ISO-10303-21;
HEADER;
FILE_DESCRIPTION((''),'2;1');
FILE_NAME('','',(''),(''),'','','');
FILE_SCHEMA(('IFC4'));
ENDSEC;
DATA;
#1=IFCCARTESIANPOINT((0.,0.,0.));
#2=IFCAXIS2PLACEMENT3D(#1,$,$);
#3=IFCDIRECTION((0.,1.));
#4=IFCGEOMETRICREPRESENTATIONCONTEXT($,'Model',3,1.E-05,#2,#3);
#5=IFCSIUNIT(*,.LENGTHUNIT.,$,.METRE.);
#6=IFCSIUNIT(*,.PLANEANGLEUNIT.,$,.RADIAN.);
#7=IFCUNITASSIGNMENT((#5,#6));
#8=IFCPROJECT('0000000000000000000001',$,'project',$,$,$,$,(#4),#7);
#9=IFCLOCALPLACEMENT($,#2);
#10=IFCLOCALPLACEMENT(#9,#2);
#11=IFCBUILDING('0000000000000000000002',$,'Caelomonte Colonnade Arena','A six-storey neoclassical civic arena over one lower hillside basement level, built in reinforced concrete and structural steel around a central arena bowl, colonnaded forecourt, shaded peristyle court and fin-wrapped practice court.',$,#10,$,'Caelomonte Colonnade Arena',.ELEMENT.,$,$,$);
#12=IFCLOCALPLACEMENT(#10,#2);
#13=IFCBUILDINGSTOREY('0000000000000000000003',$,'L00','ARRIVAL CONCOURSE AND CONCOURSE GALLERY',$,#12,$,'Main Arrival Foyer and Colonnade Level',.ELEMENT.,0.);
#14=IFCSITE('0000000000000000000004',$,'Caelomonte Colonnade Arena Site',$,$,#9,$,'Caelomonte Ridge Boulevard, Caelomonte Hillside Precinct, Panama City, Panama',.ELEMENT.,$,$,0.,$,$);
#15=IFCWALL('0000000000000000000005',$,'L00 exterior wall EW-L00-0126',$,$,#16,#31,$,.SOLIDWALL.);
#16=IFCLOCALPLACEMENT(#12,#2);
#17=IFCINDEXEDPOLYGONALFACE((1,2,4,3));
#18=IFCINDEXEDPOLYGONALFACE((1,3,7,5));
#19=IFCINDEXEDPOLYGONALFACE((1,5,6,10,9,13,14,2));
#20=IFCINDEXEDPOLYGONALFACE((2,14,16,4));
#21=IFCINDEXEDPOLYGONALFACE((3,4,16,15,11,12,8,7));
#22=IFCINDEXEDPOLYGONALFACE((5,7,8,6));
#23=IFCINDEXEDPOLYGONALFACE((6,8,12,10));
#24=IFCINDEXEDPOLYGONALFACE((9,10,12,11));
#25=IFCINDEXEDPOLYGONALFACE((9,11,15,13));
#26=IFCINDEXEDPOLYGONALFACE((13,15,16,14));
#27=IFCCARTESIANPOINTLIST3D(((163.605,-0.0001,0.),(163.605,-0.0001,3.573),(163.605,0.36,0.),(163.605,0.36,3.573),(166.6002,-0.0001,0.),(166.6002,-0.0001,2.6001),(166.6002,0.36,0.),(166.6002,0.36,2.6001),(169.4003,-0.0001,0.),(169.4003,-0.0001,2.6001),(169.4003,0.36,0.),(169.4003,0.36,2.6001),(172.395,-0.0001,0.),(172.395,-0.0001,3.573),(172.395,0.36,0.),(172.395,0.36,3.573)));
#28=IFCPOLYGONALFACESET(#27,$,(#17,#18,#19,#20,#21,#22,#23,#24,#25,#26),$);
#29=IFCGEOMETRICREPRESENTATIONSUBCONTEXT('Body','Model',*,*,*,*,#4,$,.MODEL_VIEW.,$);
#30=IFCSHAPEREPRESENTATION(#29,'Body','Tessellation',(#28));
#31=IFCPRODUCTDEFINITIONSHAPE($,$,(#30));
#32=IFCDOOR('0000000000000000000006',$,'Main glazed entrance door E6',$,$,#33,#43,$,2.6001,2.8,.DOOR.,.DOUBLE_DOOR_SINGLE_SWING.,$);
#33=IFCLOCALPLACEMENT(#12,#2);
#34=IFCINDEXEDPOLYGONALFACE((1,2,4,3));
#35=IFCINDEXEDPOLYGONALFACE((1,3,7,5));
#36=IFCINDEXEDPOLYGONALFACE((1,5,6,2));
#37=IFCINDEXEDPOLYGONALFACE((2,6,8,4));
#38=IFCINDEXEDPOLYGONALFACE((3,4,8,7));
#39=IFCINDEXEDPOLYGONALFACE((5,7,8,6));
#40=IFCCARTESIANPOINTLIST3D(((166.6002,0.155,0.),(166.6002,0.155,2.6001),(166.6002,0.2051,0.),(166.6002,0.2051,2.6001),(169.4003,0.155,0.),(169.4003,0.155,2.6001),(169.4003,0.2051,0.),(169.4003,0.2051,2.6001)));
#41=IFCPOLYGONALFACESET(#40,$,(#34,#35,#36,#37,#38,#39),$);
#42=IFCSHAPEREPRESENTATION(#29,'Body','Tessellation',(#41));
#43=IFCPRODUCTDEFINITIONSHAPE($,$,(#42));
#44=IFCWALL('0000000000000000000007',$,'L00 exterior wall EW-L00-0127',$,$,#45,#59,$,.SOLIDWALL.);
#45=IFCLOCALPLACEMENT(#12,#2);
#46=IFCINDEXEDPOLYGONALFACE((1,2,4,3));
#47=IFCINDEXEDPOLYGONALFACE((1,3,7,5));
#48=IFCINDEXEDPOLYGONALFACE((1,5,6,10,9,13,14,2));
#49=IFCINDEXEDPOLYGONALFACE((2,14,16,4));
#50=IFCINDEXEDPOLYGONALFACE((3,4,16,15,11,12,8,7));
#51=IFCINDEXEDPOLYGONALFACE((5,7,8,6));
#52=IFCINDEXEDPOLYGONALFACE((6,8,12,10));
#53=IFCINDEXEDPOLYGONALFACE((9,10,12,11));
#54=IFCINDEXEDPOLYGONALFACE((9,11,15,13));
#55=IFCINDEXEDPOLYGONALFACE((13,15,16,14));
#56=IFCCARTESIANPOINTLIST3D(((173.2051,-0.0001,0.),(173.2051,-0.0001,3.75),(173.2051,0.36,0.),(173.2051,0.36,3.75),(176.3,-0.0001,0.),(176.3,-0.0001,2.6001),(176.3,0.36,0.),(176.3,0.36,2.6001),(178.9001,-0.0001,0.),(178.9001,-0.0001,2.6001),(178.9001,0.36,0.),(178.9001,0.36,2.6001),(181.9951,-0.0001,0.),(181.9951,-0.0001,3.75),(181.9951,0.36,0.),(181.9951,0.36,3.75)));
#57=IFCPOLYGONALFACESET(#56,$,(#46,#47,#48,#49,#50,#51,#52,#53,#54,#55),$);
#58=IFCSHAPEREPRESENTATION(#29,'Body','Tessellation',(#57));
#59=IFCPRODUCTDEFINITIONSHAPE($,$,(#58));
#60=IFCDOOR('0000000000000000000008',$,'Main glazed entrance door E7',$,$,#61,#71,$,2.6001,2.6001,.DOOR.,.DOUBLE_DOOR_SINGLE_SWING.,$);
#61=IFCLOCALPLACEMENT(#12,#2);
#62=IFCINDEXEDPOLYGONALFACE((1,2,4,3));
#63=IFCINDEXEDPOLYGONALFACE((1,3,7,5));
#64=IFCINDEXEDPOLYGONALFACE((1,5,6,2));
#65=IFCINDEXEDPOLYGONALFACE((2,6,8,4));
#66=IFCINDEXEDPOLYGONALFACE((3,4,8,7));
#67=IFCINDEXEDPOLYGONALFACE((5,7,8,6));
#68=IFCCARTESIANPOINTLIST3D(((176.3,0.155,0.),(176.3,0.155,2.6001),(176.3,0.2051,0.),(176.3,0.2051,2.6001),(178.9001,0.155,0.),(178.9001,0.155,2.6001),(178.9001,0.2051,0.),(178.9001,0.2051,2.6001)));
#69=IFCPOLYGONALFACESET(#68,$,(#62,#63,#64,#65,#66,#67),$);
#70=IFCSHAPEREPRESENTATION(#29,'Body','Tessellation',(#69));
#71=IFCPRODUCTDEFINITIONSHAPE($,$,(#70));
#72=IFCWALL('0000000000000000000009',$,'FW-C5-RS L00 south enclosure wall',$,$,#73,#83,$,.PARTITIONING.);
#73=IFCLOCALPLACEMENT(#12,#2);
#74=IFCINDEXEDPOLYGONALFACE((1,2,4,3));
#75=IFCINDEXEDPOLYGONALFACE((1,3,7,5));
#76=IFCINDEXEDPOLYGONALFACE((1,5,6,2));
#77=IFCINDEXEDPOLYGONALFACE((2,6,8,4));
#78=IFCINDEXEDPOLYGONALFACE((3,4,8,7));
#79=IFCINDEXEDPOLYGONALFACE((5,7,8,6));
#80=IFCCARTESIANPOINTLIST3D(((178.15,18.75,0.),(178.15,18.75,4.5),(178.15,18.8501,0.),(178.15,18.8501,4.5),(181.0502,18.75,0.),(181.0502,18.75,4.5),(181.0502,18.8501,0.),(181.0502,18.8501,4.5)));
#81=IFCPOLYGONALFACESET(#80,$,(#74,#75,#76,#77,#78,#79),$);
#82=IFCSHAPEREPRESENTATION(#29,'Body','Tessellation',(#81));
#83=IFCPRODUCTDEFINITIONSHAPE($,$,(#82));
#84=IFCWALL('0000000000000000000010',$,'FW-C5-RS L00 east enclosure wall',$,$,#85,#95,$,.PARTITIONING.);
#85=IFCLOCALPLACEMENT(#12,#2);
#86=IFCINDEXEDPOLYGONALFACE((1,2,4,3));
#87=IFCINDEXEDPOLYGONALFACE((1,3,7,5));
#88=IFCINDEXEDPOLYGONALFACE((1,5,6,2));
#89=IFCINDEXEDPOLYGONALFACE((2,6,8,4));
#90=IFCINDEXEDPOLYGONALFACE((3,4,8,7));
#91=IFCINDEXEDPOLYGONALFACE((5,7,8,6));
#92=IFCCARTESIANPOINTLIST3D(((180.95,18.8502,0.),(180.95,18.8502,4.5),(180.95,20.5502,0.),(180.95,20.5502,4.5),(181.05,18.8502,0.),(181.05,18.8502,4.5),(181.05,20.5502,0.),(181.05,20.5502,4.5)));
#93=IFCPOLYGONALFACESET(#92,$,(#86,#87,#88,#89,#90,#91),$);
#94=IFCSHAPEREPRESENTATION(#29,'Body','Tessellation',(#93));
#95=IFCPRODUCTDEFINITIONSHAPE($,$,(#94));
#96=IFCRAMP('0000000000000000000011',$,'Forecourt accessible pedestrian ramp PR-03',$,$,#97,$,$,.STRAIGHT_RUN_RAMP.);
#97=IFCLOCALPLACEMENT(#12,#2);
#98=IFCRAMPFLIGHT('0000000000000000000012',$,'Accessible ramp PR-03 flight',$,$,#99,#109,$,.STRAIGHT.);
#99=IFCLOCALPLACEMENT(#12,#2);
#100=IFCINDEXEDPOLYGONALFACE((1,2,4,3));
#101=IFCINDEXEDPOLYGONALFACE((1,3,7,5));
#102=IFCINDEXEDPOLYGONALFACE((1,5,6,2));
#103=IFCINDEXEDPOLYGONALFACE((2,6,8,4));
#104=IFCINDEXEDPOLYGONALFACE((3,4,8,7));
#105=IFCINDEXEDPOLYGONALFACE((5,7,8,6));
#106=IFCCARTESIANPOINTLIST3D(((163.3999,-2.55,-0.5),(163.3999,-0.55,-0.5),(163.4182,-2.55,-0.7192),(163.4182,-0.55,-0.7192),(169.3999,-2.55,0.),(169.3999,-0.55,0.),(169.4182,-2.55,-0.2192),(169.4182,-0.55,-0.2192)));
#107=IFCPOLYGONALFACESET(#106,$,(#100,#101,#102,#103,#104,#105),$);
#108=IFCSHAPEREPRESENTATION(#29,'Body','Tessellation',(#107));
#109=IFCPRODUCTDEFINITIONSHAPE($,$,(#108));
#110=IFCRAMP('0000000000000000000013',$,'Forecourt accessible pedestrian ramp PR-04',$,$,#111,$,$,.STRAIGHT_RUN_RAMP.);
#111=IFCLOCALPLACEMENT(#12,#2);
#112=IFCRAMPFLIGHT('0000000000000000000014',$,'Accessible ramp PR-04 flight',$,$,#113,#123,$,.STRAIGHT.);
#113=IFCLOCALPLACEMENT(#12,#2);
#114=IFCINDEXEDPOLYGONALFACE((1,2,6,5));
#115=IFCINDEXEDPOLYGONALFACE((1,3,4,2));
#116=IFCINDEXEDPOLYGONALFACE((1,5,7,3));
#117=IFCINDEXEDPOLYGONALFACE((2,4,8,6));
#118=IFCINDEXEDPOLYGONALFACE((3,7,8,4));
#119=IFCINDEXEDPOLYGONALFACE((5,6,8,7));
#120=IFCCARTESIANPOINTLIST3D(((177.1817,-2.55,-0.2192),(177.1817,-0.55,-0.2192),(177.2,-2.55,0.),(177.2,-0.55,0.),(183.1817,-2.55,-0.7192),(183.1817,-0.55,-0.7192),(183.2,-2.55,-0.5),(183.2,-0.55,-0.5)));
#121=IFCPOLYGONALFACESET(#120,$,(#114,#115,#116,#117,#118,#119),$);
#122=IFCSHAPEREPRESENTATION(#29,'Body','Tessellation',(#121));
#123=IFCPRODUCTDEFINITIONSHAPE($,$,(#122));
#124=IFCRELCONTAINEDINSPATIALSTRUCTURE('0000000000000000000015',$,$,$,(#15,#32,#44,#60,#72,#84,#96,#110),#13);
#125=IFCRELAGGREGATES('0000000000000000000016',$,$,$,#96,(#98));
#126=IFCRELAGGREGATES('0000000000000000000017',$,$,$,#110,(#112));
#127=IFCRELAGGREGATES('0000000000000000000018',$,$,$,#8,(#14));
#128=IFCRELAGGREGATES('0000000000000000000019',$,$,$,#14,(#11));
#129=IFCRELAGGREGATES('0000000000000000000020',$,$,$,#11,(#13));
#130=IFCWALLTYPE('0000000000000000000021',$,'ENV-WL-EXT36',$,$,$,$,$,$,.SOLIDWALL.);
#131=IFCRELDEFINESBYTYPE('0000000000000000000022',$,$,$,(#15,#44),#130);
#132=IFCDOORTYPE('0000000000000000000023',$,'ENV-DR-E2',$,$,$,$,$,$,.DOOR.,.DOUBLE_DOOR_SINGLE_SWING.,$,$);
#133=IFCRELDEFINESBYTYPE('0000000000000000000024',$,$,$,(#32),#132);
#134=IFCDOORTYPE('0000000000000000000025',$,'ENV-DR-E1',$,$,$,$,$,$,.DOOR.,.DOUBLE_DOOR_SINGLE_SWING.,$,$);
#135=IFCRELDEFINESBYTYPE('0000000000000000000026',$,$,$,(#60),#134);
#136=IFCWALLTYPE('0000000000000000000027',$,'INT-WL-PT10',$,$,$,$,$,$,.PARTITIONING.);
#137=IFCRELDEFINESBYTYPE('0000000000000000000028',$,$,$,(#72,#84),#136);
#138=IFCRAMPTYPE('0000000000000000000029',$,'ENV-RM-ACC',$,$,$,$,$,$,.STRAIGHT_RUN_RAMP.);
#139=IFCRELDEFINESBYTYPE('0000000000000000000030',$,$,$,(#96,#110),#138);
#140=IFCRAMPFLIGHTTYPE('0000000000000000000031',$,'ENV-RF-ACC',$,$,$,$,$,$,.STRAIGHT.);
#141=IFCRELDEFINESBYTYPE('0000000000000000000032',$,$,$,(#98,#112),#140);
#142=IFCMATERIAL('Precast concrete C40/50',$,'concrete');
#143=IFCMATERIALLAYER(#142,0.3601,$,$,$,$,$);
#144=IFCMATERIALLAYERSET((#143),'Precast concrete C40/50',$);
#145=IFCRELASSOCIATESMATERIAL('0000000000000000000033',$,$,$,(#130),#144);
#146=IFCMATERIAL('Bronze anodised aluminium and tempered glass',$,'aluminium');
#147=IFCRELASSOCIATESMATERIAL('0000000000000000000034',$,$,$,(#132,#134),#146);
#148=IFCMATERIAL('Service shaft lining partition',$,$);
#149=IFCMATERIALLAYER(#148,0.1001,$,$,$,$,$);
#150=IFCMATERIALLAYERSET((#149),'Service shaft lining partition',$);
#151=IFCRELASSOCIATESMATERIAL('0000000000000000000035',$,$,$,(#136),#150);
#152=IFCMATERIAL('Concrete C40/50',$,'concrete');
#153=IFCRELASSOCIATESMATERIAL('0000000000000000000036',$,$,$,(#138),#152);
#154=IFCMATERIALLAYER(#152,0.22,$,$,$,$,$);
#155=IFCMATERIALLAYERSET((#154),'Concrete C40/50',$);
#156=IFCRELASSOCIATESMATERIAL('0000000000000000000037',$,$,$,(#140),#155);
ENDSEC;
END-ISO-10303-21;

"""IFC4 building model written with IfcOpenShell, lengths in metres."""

from ifc_helpers import new_model, si_unit, direction, frame, frame_2d, origin, place, context, subcontext, project, spatial, polyline, rectangle, outline, extrude, material, layer, layer_set, type_object, element, fill, aggregate, save


model = new_model("IFC4")

# Units and contexts
model_context = context("Model", 3, precision=1e-05, world=origin(), true_north=direction((0.0, 1.0)))
body_context = subcontext(model_context, "Body", "Model", "MODEL_VIEW")
ifc_project = project(units=[si_unit("LENGTHUNIT", "METRE"), si_unit("PLANEANGLEUNIT", "RADIAN")], contexts=[model_context])

# Site, building, storey
site_placement = place(None, origin())
site = spatial("IfcSite", under=ifc_project, at=site_placement, Name="Caelomonte Colonnade Arena Site", LongName="Caelomonte Ridge Boulevard, Caelomonte Hillside Precinct, Panama City, Panama", CompositionType="ELEMENT", RefElevation=0.0)
building_placement = place(site_placement, origin())
building = spatial("IfcBuilding", under=site, at=building_placement, Name="Caelomonte Colonnade Arena", Description="A six-storey neoclassical civic arena over one lower hillside basement level, built in reinforced concrete and structural steel around a central arena bowl, colonnaded forecourt, shaded peristyle court and fin-wrapped practice court.", LongName="Caelomonte Colonnade Arena", CompositionType="ELEMENT")
storey_placement = place(building_placement, origin())
storey = spatial("IfcBuildingStorey", under=building, at=storey_placement, Name="L00", Description="ARRIVAL CONCOURSE AND CONCOURSE GALLERY", LongName="Main Arrival Foyer and Colonnade Level", CompositionType="ELEMENT", Elevation=0.0)

# Shared definitions
ifc_material_1 = material(Name="Concrete C40/50", Category="concrete")

# Walls, openings, doors
ifc_material_2 = material(Name="Precast concrete C40/50", Category="concrete")
ifc_layer_1 = layer(ifc_material_2, 0.3601)
ifc_layer_set_1 = layer_set([ifc_layer_1], Name="Precast concrete C40/50")
wall_type_1 = type_object("IfcWallType", Name="ENV-WL-EXT36", PredefinedType="SOLIDWALL", material=ifc_layer_set_1)
wall_1_placement = place(storey_placement, frame((163.605, 0.1799, 0.0), z_axis=(0.0, 0.0, 1.0), x_axis=(1.0, 0.0, 0.0)))
wall_1 = element("IfcWall", 1, at=wall_1_placement, inside=storey, type_object=wall_type_1, Name="L00 exterior wall EW-L00-0126", PredefinedType="SOLIDWALL", context=body_context, shape_type="SweptSolid", body=[
    extrude(rectangle(XDim=8.79, YDim=0.3601, at=frame_2d((4.395, 0.0))), origin(), (0.0, 0.0, 1.0), 3.573),
])
opening_1_placement = place(wall_1_placement, frame((5.7952, 0.0, 0.0), z_axis=(0.0, 0.0, 1.0), x_axis=(-1.0, 0.0, 0.0)))
opening_1 = element("IfcOpeningElement", 2, at=opening_1_placement, cuts=wall_1, PredefinedType="OPENING", context=body_context, shape_type="SweptSolid", body=[
    extrude(rectangle(XDim=2.8, YDim=2.6001, at=frame_2d((1.3999, 1.3))), frame((0.0, 0.1899, 0.0), z_axis=(0.0, -1.0, 0.0), x_axis=(1.0, 0.0, 0.0)), (0.0, 0.0, 1.0), 0.3801),
])
ifc_material_3 = material(Name="Bronze anodised aluminium and tempered glass", Category="aluminium")
door_type_1 = type_object("IfcDoorType", Name="ENV-DR-E2", OperationType="DOUBLE_DOOR_SINGLE_SWING", PredefinedType="DOOR", material=ifc_material_3)
door_1_placement = place(opening_1_placement, origin())
door_1 = element("IfcDoor", 3, at=door_1_placement, inside=storey, type_object=door_type_1, Name="Main glazed entrance door E6", OperationType="DOUBLE_DOOR_SINGLE_SWING", OverallHeight=2.6001, OverallWidth=2.8, PredefinedType="DOOR", context=body_context, shape_type="SweptSolid", body=[
    extrude(rectangle(XDim=2.8, YDim=2.6001, at=frame_2d((1.3999, 1.3))), frame((0.0, 0.0249, 0.0), z_axis=(0.0, -1.0, 0.0), x_axis=(1.0, 0.0, 0.0)), (0.0, 0.0, 1.0), 0.05),
])
fill(opening_1, door_1)
wall_2_placement = place(storey_placement, frame((173.2051, 0.1799, 0.0), z_axis=(0.0, 0.0, 1.0), x_axis=(1.0, 0.0, 0.0)))
wall_2 = element("IfcWall", 4, at=wall_2_placement, inside=storey, type_object=wall_type_1, Name="L00 exterior wall EW-L00-0127", PredefinedType="SOLIDWALL", context=body_context, shape_type="SweptSolid", body=[
    extrude(rectangle(XDim=8.79, YDim=0.3601, at=frame_2d((4.395, 0.0))), origin(), (0.0, 0.0, 1.0), 3.75),
])
opening_2_placement = place(wall_2_placement, frame((5.6951, 0.0, 0.0), z_axis=(0.0, 0.0, 1.0), x_axis=(-1.0, 0.0, 0.0)))
opening_2 = element("IfcOpeningElement", 5, at=opening_2_placement, cuts=wall_2, PredefinedType="OPENING", context=body_context, shape_type="SweptSolid", body=[
    extrude(rectangle(XDim=2.6001, YDim=2.6001, at=frame_2d((1.3, 1.3))), frame((0.0, 0.1899, 0.0), z_axis=(0.0, -1.0, 0.0), x_axis=(1.0, 0.0, 0.0)), (0.0, 0.0, 1.0), 0.3801),
])
door_type_2 = type_object("IfcDoorType", Name="ENV-DR-E1", OperationType="DOUBLE_DOOR_SINGLE_SWING", PredefinedType="DOOR", material=ifc_material_3)
door_2_placement = place(opening_2_placement, origin())
door_2 = element("IfcDoor", 6, at=door_2_placement, inside=storey, type_object=door_type_2, Name="Main glazed entrance door E7", OperationType="DOUBLE_DOOR_SINGLE_SWING", OverallHeight=2.6001, OverallWidth=2.6001, PredefinedType="DOOR", context=body_context, shape_type="SweptSolid", body=[
    extrude(rectangle(XDim=2.6001, YDim=2.6001, at=frame_2d((1.3, 1.3))), frame((0.0, 0.0249, 0.0), z_axis=(0.0, -1.0, 0.0), x_axis=(1.0, 0.0, 0.0)), (0.0, 0.0, 1.0), 0.05),
])
fill(opening_2, door_2)

# Walls
ifc_material_4 = material(Name="Service shaft lining partition")
ifc_layer_2 = layer(ifc_material_4, 0.1001)
ifc_layer_set_2 = layer_set([ifc_layer_2], Name="Service shaft lining partition")
wall_type_2 = type_object("IfcWallType", Name="INT-WL-PT10", PredefinedType="PARTITIONING", material=ifc_layer_set_2)
wall_3_placement = place(storey_placement, frame((178.1499, 18.8, 0.0), z_axis=(0.0, 0.0, 1.0), x_axis=(1.0, 0.0, 0.0)))
element("IfcWall", 7, at=wall_3_placement, inside=storey, type_object=wall_type_2, Name="FW-C5-RS L00 south enclosure wall", PredefinedType="PARTITIONING", context=body_context, shape_type="SweptSolid", body=[
    extrude(rectangle(XDim=2.9001, YDim=0.1001, at=frame_2d((1.4502, 0.0))), origin(), (0.0, 0.0, 1.0), 4.5),
])
wall_4_placement = place(storey_placement, frame((181.0, 18.8501, 0.0), z_axis=(0.0, 0.0, 1.0), x_axis=(0.0, 1.0, 0.0)))
element("IfcWall", 8, at=wall_4_placement, inside=storey, type_object=wall_type_2, Name="FW-C5-RS L00 east enclosure wall", PredefinedType="PARTITIONING", context=body_context, shape_type="SweptSolid", body=[
    extrude(rectangle(XDim=1.7, YDim=0.1001, at=frame_2d((0.8501, 0.0))), origin(), (0.0, 0.0, 1.0), 4.5),
])

# Ramps, ramp flights
ramp_type = type_object("IfcRampType", Name="ENV-RM-ACC", PredefinedType="STRAIGHT_RUN_RAMP", material=ifc_material_1)
ramp_1_placement = place(storey_placement, origin())
ramp_1 = element("IfcRamp", 9, at=ramp_1_placement, inside=storey, type_object=ramp_type, Name="Forecourt accessible pedestrian ramp PR-03", PredefinedType="STRAIGHT_RUN_RAMP")
ifc_layer_3 = layer(ifc_material_1, 0.22)
ifc_layer_set_3 = layer_set([ifc_layer_3], Name="Concrete C40/50")
ramp_flight_type = type_object("IfcRampFlightType", Name="ENV-RF-ACC", PredefinedType="STRAIGHT", material=ifc_layer_set_3)
ramp_flight_1_placement = place(storey_placement, frame((163.3999, -2.55, -0.5), z_axis=(-0.083045, 0.0, 0.996546), x_axis=(0.996546, 0.0, 0.083045)))
ramp_flight_1 = element("IfcRampFlight", 10, at=ramp_flight_1_placement, type_object=ramp_flight_type, Name="Accessible ramp PR-03 flight", PredefinedType="STRAIGHT", context=body_context, shape_type="SweptSolid", body=[
    extrude(outline(polyline([(0.0, 0.0), (6.0208, 0.0), (6.0208, 2.0), (0.0, 2.0), (0.0, 0.0)])), origin(), (0.0, 0.0, -1.0), 0.22),
])
aggregate(ramp_1, [ramp_flight_1])
ramp_2_placement = place(storey_placement, origin())
ramp_2 = element("IfcRamp", 11, at=ramp_2_placement, inside=storey, type_object=ramp_type, Name="Forecourt accessible pedestrian ramp PR-04", PredefinedType="STRAIGHT_RUN_RAMP")
ramp_flight_2_placement = place(storey_placement, frame((177.2, -2.55, 0.0), z_axis=(0.083045, 0.0, 0.996546), x_axis=(0.996546, 0.0, -0.083045)))
ramp_flight_2 = element("IfcRampFlight", 12, at=ramp_flight_2_placement, type_object=ramp_flight_type, Name="Accessible ramp PR-04 flight", PredefinedType="STRAIGHT", context=body_context, shape_type="SweptSolid", body=[
    extrude(outline(polyline([(0.0, 0.0), (6.0208, 0.0), (6.0208, 2.0), (0.0, 2.0), (0.0, 0.0)])), origin(), (0.0, 0.0, -1.0), 0.22),
])
aggregate(ramp_2, [ramp_flight_2])

save(model, "model.ifc")
